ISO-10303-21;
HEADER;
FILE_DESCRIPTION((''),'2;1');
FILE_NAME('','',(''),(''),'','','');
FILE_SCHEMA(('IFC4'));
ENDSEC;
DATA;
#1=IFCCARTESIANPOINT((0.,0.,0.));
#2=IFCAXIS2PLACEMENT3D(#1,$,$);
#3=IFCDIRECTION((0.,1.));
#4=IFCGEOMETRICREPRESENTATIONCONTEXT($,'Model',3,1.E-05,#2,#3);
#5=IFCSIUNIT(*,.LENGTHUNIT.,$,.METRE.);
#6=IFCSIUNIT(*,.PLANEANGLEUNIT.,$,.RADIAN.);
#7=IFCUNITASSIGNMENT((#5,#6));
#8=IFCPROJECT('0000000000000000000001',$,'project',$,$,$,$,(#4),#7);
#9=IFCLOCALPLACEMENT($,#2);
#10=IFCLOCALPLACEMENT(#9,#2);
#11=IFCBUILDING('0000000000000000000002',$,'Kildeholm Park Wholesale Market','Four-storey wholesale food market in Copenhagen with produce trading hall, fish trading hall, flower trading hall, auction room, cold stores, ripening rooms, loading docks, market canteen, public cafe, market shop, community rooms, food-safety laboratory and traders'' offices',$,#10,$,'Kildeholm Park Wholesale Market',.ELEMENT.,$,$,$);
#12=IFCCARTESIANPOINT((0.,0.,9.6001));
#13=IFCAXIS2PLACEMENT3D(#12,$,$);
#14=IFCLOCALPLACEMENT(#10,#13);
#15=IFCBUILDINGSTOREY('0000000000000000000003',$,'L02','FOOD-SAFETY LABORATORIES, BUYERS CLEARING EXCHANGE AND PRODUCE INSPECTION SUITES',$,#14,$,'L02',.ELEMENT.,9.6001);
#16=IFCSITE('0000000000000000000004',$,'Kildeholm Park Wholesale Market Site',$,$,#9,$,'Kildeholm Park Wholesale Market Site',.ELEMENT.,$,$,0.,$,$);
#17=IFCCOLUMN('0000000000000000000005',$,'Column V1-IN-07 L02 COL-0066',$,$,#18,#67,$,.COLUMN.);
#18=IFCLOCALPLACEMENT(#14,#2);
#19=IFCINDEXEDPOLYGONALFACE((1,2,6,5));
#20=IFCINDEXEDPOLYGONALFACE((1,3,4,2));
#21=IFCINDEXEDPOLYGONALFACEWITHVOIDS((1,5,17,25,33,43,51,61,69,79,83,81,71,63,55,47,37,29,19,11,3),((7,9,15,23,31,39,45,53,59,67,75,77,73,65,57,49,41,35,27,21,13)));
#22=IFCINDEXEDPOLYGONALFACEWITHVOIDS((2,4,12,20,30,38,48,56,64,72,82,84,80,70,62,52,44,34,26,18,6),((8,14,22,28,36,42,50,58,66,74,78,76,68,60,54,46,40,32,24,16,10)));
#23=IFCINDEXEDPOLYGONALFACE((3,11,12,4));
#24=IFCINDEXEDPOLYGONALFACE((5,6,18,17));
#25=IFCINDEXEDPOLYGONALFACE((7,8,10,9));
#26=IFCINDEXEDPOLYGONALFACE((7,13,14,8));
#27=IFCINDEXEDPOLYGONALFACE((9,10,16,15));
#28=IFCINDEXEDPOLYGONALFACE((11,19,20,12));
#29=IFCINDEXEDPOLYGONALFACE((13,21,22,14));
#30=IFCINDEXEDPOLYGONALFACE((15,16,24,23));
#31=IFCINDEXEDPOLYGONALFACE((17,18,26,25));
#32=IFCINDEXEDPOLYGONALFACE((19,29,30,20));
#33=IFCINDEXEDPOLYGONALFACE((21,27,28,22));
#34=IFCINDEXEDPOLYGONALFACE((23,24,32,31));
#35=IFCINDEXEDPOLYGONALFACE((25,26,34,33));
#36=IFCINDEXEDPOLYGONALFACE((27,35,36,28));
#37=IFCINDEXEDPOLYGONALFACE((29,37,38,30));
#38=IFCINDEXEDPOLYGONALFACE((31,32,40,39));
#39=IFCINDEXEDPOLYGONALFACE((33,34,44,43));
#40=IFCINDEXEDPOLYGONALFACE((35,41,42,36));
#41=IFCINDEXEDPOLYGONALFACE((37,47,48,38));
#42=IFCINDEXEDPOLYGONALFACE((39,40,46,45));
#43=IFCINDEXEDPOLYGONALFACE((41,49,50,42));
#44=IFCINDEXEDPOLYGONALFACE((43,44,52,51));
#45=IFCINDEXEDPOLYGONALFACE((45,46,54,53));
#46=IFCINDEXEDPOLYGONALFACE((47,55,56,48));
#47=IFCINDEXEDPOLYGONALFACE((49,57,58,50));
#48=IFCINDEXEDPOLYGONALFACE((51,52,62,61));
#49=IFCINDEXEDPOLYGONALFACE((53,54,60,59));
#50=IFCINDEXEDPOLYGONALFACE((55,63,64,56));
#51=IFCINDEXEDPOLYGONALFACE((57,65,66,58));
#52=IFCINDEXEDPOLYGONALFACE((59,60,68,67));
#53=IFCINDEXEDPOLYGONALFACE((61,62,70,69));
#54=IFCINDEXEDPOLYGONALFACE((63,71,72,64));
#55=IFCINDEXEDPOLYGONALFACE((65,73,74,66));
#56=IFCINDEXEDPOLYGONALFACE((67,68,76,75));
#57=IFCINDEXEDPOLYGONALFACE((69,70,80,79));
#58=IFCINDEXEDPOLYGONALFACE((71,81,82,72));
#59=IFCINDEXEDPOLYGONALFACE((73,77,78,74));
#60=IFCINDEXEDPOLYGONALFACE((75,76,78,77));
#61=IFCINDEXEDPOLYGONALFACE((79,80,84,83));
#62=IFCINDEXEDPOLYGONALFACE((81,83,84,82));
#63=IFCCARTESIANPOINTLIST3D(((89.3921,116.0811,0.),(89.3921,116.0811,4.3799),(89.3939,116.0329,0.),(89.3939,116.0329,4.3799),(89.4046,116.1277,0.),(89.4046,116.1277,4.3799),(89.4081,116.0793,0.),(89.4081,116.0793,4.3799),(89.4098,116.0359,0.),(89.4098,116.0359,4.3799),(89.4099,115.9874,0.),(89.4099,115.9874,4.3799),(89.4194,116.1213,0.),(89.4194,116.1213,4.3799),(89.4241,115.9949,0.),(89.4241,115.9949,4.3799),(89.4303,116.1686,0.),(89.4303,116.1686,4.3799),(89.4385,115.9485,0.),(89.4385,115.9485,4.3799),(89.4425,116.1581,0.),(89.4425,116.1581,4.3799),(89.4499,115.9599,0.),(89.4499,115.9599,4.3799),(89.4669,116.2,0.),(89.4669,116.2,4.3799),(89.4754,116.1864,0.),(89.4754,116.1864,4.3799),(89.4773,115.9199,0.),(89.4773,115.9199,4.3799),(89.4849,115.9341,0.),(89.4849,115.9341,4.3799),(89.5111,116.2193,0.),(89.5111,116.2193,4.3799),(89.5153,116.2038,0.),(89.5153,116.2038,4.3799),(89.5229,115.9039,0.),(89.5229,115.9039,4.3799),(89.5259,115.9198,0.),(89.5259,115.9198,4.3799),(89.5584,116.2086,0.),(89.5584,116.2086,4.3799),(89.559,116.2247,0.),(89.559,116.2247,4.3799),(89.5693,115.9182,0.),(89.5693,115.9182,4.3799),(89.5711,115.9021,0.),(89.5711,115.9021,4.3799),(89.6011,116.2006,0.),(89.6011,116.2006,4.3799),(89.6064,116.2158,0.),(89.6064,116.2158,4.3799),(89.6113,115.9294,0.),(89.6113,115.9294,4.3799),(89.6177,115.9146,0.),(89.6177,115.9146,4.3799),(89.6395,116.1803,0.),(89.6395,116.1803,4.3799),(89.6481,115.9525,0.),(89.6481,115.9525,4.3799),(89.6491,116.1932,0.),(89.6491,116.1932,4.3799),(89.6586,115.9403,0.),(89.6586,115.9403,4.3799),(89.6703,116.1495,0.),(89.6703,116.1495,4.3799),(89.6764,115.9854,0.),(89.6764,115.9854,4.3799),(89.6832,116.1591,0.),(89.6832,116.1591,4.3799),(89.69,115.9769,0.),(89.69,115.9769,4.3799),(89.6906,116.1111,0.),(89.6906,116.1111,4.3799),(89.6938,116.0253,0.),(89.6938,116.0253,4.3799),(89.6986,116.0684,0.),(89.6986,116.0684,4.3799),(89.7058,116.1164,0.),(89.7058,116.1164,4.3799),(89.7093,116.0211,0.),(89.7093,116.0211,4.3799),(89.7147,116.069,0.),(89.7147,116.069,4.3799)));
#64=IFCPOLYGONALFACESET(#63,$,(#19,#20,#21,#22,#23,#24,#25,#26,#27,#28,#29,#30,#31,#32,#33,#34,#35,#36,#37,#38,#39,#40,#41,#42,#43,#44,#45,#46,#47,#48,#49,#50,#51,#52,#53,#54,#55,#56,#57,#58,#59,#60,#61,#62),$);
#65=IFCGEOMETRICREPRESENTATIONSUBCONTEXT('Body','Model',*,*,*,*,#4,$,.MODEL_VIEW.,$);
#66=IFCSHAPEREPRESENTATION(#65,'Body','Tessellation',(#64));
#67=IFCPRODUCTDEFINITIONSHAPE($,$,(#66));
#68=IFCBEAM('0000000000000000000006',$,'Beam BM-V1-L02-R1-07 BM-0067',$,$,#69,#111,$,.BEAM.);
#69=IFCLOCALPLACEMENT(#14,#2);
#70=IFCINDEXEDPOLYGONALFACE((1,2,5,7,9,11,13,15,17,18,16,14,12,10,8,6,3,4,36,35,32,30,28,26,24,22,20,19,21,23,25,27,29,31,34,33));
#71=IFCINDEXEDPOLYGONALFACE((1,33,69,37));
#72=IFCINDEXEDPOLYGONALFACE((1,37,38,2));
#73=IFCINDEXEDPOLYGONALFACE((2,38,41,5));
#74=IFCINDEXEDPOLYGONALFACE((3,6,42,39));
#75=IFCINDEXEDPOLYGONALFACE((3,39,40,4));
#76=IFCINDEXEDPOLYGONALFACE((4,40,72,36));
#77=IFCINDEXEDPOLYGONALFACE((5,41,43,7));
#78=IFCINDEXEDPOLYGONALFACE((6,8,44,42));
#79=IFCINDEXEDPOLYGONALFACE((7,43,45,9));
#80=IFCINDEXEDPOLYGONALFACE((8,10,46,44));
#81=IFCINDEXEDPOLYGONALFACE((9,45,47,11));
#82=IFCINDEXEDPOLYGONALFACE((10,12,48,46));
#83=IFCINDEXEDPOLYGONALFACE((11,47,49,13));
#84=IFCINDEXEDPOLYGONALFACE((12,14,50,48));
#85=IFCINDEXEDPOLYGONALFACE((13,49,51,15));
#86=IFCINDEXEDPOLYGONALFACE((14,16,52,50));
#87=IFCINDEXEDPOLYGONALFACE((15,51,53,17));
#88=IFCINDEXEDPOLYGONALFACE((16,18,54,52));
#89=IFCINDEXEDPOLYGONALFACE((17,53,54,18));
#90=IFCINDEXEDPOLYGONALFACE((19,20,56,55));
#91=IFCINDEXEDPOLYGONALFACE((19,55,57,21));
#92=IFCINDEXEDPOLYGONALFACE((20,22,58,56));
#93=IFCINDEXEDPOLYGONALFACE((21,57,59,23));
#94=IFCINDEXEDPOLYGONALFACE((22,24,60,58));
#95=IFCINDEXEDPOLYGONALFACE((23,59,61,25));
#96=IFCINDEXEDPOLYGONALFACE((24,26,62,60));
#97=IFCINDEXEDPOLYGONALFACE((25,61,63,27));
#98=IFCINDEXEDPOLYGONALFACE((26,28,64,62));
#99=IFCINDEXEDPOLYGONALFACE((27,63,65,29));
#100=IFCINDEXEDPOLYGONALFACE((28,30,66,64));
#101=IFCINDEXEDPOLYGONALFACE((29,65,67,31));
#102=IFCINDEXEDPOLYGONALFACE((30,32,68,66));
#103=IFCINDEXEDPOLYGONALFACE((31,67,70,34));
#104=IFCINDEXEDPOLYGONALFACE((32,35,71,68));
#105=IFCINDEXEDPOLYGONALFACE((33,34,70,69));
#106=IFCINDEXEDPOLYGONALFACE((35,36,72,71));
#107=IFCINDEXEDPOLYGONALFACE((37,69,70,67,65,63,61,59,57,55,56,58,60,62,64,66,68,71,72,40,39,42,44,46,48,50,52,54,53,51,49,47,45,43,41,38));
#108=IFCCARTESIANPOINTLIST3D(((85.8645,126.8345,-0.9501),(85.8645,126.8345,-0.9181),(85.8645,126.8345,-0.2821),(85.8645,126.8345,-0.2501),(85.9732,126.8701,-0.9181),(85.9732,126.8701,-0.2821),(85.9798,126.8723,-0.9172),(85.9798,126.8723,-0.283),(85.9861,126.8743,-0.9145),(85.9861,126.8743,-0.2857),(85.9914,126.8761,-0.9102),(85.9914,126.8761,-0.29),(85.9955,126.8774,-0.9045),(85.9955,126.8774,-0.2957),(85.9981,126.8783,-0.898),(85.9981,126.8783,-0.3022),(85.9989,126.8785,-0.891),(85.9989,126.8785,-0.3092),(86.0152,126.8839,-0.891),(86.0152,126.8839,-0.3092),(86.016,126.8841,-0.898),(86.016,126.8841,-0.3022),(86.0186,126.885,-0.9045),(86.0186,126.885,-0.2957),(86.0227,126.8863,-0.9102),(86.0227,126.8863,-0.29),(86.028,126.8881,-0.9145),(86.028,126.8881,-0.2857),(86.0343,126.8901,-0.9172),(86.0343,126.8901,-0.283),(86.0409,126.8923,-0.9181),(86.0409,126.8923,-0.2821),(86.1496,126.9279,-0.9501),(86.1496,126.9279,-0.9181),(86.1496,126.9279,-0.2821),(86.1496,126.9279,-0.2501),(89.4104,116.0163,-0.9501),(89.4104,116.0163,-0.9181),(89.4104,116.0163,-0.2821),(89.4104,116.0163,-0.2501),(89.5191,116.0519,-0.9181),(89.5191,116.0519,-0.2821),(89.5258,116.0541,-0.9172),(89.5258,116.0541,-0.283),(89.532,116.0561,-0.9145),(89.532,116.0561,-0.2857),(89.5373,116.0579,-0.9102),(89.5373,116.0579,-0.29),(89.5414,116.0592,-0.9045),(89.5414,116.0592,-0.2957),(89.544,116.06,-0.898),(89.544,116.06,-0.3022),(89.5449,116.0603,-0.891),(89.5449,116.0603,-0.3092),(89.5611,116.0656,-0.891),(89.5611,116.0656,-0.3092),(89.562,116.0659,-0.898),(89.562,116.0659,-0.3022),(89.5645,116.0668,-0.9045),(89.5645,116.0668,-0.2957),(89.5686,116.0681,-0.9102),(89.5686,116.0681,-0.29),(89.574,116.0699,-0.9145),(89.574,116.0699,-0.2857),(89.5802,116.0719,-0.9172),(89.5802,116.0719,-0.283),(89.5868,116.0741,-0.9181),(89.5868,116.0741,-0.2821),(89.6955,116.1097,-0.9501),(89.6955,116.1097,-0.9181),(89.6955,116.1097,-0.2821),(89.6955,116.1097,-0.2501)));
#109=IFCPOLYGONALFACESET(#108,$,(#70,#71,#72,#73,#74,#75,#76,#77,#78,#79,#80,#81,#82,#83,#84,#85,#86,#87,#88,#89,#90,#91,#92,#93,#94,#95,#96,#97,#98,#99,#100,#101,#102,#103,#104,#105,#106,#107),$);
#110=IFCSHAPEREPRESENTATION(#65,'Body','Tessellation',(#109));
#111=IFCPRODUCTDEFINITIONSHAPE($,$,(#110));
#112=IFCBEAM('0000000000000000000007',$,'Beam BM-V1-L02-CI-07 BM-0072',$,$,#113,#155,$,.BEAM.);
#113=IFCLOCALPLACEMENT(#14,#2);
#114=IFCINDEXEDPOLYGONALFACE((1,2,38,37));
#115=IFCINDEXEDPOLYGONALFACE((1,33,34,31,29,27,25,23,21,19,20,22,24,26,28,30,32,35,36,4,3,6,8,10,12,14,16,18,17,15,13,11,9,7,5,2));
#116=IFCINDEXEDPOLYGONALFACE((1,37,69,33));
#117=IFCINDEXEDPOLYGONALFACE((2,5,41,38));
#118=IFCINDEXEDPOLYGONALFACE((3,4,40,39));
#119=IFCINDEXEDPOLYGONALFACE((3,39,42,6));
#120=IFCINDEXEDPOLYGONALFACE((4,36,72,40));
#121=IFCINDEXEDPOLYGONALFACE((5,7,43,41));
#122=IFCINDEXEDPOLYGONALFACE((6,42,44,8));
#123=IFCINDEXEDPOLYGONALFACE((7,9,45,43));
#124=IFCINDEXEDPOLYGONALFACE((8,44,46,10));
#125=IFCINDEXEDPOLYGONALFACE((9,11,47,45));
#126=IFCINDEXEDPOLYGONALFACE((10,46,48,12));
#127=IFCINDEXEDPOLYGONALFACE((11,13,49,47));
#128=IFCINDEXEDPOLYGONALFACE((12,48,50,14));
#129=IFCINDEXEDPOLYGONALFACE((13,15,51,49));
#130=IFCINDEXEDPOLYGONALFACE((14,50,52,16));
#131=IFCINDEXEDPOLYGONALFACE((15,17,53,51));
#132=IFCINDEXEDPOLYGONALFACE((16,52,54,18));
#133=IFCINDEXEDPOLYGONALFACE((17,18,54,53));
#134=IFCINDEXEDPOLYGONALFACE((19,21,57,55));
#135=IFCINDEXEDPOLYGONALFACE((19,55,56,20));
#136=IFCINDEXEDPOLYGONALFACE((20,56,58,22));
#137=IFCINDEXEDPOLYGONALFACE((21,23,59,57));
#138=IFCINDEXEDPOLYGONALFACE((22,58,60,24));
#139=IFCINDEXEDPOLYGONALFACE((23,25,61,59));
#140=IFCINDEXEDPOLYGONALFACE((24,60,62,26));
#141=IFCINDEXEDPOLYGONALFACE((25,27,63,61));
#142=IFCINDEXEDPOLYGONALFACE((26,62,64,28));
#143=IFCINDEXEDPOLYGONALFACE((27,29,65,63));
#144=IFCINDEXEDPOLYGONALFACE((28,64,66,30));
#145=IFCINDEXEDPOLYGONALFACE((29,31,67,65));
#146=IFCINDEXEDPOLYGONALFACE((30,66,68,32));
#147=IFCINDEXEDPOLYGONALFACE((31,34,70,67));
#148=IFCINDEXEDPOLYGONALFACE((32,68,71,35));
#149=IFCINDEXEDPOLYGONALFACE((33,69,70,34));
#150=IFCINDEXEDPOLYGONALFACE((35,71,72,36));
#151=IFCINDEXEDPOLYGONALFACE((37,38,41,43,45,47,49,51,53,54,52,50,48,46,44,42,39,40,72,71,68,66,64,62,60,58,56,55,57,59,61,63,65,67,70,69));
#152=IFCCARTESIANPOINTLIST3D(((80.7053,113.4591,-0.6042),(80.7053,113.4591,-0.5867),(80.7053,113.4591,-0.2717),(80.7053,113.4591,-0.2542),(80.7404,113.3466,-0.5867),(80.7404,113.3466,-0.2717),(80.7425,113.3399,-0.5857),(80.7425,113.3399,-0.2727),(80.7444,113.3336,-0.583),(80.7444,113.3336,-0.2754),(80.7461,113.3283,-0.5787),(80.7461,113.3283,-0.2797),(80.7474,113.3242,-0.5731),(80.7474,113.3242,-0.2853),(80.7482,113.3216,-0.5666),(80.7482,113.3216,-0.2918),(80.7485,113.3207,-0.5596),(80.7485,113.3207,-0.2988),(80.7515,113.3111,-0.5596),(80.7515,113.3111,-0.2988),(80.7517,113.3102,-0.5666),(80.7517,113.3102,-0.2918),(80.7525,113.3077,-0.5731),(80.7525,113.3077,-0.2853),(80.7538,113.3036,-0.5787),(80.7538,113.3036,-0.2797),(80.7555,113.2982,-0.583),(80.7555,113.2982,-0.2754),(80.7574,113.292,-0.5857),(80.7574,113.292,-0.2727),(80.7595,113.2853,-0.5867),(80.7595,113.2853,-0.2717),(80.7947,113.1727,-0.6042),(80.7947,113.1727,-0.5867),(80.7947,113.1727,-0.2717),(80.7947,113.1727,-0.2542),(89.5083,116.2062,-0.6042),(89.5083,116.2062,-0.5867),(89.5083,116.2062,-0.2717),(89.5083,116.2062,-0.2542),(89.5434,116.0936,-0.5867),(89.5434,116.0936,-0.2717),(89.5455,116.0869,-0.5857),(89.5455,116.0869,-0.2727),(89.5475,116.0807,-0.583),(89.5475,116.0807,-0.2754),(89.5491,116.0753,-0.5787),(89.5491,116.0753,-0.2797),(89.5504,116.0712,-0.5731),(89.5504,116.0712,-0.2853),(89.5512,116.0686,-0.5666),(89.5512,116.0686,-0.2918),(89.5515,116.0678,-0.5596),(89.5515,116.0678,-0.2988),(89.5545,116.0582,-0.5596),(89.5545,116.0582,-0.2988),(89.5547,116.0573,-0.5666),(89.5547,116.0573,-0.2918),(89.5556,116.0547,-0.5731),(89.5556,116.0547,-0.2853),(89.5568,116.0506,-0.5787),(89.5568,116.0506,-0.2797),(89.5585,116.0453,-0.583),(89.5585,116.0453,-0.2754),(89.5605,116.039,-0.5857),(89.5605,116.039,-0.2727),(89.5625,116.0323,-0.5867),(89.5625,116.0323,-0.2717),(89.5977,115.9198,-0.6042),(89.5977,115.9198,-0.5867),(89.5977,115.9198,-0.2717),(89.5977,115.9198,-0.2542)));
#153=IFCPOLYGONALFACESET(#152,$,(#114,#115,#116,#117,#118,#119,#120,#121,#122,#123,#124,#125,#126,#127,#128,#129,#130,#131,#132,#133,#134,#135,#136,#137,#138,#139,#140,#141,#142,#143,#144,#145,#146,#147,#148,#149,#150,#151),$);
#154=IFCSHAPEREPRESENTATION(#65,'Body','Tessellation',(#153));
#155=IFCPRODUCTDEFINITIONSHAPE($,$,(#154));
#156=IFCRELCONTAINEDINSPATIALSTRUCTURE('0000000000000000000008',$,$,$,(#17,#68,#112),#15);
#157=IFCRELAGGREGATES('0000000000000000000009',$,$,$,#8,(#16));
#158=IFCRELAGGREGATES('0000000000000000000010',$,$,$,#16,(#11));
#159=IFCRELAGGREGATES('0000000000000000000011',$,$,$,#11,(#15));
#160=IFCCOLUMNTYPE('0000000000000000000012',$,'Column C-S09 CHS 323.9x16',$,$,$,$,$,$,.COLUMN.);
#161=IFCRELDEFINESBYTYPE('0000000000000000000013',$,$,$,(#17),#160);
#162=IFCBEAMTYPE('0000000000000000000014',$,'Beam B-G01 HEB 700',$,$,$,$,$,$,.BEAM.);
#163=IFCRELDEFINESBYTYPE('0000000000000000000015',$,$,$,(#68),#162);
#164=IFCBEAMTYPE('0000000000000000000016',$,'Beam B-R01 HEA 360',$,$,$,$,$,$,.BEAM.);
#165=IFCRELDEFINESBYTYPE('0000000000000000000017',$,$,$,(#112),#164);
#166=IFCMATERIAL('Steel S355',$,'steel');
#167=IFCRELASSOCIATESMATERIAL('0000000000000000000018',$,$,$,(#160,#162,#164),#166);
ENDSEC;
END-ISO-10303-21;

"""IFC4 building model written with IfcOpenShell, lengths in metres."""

from ifc_helpers import new_model, si_unit, direction, frame, origin, origin_2d, place, context, subcontext, project, spatial, hollow_circle, i_section, extrude, material, material_profile, profile_set, type_object, element, save


model = new_model("IFC4")

# Units and contexts
model_context = context("Model", 3, precision=1e-05, world=origin(), true_north=direction((0.0, 1.0)))
body_context = subcontext(model_context, "Body", "Model", "MODEL_VIEW")
ifc_project = project(units=[si_unit("LENGTHUNIT", "METRE"), si_unit("PLANEANGLEUNIT", "RADIAN")], contexts=[model_context])

# Site, building, storey
site_placement = place(None, origin())
site = spatial("IfcSite", under=ifc_project, at=site_placement, Name="Kildeholm Park Wholesale Market Site", LongName="Kildeholm Park Wholesale Market Site", CompositionType="ELEMENT", RefElevation=0.0)
building_placement = place(site_placement, origin())
building = spatial("IfcBuilding", under=site, at=building_placement, Name="Kildeholm Park Wholesale Market", Description="Four-storey wholesale food market in Copenhagen with produce trading hall, fish trading hall, flower trading hall, auction room, cold stores, ripening rooms, loading docks, market canteen, public cafe, market shop, community rooms, food-safety laboratory and traders' offices", LongName="Kildeholm Park Wholesale Market", CompositionType="ELEMENT")
storey_placement = place(building_placement, frame((0.0, 0.0, 9.6001)))
storey = spatial("IfcBuildingStorey", under=building, at=storey_placement, Name="L02", Description="FOOD-SAFETY LABORATORIES, BUYERS CLEARING EXCHANGE AND PRODUCE INSPECTION SUITES", LongName="L02", CompositionType="ELEMENT", Elevation=9.6001)

# Column
ifc_material_1 = material(Name="Steel S355", Category="steel")
ifc_material_profile_1 = material_profile(ifc_material_1, hollow_circle(Radius=0.1619, WallThickness=0.0161, at=origin_2d()), Name="CHS 323.9x16")
ifc_profile_set_1 = profile_set([ifc_material_profile_1], Name="Steel S355")
column_type = type_object("IfcColumnType", Name="Column C-S09 CHS 323.9x16", PredefinedType="COLUMN", material=ifc_profile_set_1)
column_placement = place(storey_placement, frame((89.553, 116.063, 0.0), z_axis=(0.0, 0.0, 1.0), x_axis=(-0.258819, 0.965926, 0.0)))
element("IfcColumn", 1, at=column_placement, inside=storey, type_object=column_type, Name="Column V1-IN-07 L02 COL-0066", PredefinedType="COLUMN", context=body_context, shape_type="SweptSolid", body=[
    extrude(hollow_circle(Radius=0.1619, WallThickness=0.0161, at=origin_2d()), origin(), (0.0, 0.0, 1.0), 4.3799),
])

# Beams
ifc_material_profile_2 = material_profile(ifc_material_1, i_section(OverallWidth=0.3, OverallDepth=0.7, WebThickness=0.0171, FlangeThickness=0.032, FilletRadius=0.0271, at=origin_2d()), Name="HEB 700")
ifc_profile_set_2 = profile_set([ifc_material_profile_2], Name="Steel S355")
beam_type_1 = type_object("IfcBeamType", Name="Beam B-G01 HEB 700", PredefinedType="BEAM", material=ifc_profile_set_2)
beam_1_placement = place(storey_placement, frame((89.553, 116.063, -0.6001), z_axis=(-0.311469, 0.950256, 0.0), x_axis=(-0.950256, -0.311469, 0.0)))
element("IfcBeam", 2, at=beam_1_placement, inside=storey, type_object=beam_type_1, Name="Beam BM-V1-L02-R1-07 BM-0067", PredefinedType="BEAM", context=body_context, shape_type="SweptSolid", body=[
    extrude(i_section(OverallWidth=0.3, OverallDepth=0.7, WebThickness=0.0171, FlangeThickness=0.032, FilletRadius=0.0271, at=origin_2d()), origin(), (0.0, 0.0, 1.0), 11.3845),
])
ifc_material_profile_3 = material_profile(ifc_material_1, i_section(OverallWidth=0.3, OverallDepth=0.3501, WebThickness=0.01, FlangeThickness=0.0176, FilletRadius=0.0271, at=origin_2d()), Name="HEA 360")
ifc_profile_set_3 = profile_set([ifc_material_profile_3], Name="Steel S355")
beam_type_2 = type_object("IfcBeamType", Name="Beam B-R01 HEA 360", PredefinedType="BEAM", material=ifc_profile_set_3)
beam_2_placement = place(storey_placement, frame((89.553, 116.063, -0.4292), z_axis=(-0.954599, -0.297894, 0.0), x_axis=(0.297894, -0.954599, 0.0)))
element("IfcBeam", 3, at=beam_2_placement, inside=storey, type_object=beam_type_2, Name="Beam BM-V1-L02-CI-07 BM-0072", PredefinedType="BEAM", context=body_context, shape_type="SweptSolid", body=[
    extrude(i_section(OverallWidth=0.3, OverallDepth=0.3501, WebThickness=0.01, FlangeThickness=0.0176, FilletRadius=0.0271, at=origin_2d()), origin(), (0.0, 0.0, 1.0), 9.2217),
])

save(model, "model.ifc")
